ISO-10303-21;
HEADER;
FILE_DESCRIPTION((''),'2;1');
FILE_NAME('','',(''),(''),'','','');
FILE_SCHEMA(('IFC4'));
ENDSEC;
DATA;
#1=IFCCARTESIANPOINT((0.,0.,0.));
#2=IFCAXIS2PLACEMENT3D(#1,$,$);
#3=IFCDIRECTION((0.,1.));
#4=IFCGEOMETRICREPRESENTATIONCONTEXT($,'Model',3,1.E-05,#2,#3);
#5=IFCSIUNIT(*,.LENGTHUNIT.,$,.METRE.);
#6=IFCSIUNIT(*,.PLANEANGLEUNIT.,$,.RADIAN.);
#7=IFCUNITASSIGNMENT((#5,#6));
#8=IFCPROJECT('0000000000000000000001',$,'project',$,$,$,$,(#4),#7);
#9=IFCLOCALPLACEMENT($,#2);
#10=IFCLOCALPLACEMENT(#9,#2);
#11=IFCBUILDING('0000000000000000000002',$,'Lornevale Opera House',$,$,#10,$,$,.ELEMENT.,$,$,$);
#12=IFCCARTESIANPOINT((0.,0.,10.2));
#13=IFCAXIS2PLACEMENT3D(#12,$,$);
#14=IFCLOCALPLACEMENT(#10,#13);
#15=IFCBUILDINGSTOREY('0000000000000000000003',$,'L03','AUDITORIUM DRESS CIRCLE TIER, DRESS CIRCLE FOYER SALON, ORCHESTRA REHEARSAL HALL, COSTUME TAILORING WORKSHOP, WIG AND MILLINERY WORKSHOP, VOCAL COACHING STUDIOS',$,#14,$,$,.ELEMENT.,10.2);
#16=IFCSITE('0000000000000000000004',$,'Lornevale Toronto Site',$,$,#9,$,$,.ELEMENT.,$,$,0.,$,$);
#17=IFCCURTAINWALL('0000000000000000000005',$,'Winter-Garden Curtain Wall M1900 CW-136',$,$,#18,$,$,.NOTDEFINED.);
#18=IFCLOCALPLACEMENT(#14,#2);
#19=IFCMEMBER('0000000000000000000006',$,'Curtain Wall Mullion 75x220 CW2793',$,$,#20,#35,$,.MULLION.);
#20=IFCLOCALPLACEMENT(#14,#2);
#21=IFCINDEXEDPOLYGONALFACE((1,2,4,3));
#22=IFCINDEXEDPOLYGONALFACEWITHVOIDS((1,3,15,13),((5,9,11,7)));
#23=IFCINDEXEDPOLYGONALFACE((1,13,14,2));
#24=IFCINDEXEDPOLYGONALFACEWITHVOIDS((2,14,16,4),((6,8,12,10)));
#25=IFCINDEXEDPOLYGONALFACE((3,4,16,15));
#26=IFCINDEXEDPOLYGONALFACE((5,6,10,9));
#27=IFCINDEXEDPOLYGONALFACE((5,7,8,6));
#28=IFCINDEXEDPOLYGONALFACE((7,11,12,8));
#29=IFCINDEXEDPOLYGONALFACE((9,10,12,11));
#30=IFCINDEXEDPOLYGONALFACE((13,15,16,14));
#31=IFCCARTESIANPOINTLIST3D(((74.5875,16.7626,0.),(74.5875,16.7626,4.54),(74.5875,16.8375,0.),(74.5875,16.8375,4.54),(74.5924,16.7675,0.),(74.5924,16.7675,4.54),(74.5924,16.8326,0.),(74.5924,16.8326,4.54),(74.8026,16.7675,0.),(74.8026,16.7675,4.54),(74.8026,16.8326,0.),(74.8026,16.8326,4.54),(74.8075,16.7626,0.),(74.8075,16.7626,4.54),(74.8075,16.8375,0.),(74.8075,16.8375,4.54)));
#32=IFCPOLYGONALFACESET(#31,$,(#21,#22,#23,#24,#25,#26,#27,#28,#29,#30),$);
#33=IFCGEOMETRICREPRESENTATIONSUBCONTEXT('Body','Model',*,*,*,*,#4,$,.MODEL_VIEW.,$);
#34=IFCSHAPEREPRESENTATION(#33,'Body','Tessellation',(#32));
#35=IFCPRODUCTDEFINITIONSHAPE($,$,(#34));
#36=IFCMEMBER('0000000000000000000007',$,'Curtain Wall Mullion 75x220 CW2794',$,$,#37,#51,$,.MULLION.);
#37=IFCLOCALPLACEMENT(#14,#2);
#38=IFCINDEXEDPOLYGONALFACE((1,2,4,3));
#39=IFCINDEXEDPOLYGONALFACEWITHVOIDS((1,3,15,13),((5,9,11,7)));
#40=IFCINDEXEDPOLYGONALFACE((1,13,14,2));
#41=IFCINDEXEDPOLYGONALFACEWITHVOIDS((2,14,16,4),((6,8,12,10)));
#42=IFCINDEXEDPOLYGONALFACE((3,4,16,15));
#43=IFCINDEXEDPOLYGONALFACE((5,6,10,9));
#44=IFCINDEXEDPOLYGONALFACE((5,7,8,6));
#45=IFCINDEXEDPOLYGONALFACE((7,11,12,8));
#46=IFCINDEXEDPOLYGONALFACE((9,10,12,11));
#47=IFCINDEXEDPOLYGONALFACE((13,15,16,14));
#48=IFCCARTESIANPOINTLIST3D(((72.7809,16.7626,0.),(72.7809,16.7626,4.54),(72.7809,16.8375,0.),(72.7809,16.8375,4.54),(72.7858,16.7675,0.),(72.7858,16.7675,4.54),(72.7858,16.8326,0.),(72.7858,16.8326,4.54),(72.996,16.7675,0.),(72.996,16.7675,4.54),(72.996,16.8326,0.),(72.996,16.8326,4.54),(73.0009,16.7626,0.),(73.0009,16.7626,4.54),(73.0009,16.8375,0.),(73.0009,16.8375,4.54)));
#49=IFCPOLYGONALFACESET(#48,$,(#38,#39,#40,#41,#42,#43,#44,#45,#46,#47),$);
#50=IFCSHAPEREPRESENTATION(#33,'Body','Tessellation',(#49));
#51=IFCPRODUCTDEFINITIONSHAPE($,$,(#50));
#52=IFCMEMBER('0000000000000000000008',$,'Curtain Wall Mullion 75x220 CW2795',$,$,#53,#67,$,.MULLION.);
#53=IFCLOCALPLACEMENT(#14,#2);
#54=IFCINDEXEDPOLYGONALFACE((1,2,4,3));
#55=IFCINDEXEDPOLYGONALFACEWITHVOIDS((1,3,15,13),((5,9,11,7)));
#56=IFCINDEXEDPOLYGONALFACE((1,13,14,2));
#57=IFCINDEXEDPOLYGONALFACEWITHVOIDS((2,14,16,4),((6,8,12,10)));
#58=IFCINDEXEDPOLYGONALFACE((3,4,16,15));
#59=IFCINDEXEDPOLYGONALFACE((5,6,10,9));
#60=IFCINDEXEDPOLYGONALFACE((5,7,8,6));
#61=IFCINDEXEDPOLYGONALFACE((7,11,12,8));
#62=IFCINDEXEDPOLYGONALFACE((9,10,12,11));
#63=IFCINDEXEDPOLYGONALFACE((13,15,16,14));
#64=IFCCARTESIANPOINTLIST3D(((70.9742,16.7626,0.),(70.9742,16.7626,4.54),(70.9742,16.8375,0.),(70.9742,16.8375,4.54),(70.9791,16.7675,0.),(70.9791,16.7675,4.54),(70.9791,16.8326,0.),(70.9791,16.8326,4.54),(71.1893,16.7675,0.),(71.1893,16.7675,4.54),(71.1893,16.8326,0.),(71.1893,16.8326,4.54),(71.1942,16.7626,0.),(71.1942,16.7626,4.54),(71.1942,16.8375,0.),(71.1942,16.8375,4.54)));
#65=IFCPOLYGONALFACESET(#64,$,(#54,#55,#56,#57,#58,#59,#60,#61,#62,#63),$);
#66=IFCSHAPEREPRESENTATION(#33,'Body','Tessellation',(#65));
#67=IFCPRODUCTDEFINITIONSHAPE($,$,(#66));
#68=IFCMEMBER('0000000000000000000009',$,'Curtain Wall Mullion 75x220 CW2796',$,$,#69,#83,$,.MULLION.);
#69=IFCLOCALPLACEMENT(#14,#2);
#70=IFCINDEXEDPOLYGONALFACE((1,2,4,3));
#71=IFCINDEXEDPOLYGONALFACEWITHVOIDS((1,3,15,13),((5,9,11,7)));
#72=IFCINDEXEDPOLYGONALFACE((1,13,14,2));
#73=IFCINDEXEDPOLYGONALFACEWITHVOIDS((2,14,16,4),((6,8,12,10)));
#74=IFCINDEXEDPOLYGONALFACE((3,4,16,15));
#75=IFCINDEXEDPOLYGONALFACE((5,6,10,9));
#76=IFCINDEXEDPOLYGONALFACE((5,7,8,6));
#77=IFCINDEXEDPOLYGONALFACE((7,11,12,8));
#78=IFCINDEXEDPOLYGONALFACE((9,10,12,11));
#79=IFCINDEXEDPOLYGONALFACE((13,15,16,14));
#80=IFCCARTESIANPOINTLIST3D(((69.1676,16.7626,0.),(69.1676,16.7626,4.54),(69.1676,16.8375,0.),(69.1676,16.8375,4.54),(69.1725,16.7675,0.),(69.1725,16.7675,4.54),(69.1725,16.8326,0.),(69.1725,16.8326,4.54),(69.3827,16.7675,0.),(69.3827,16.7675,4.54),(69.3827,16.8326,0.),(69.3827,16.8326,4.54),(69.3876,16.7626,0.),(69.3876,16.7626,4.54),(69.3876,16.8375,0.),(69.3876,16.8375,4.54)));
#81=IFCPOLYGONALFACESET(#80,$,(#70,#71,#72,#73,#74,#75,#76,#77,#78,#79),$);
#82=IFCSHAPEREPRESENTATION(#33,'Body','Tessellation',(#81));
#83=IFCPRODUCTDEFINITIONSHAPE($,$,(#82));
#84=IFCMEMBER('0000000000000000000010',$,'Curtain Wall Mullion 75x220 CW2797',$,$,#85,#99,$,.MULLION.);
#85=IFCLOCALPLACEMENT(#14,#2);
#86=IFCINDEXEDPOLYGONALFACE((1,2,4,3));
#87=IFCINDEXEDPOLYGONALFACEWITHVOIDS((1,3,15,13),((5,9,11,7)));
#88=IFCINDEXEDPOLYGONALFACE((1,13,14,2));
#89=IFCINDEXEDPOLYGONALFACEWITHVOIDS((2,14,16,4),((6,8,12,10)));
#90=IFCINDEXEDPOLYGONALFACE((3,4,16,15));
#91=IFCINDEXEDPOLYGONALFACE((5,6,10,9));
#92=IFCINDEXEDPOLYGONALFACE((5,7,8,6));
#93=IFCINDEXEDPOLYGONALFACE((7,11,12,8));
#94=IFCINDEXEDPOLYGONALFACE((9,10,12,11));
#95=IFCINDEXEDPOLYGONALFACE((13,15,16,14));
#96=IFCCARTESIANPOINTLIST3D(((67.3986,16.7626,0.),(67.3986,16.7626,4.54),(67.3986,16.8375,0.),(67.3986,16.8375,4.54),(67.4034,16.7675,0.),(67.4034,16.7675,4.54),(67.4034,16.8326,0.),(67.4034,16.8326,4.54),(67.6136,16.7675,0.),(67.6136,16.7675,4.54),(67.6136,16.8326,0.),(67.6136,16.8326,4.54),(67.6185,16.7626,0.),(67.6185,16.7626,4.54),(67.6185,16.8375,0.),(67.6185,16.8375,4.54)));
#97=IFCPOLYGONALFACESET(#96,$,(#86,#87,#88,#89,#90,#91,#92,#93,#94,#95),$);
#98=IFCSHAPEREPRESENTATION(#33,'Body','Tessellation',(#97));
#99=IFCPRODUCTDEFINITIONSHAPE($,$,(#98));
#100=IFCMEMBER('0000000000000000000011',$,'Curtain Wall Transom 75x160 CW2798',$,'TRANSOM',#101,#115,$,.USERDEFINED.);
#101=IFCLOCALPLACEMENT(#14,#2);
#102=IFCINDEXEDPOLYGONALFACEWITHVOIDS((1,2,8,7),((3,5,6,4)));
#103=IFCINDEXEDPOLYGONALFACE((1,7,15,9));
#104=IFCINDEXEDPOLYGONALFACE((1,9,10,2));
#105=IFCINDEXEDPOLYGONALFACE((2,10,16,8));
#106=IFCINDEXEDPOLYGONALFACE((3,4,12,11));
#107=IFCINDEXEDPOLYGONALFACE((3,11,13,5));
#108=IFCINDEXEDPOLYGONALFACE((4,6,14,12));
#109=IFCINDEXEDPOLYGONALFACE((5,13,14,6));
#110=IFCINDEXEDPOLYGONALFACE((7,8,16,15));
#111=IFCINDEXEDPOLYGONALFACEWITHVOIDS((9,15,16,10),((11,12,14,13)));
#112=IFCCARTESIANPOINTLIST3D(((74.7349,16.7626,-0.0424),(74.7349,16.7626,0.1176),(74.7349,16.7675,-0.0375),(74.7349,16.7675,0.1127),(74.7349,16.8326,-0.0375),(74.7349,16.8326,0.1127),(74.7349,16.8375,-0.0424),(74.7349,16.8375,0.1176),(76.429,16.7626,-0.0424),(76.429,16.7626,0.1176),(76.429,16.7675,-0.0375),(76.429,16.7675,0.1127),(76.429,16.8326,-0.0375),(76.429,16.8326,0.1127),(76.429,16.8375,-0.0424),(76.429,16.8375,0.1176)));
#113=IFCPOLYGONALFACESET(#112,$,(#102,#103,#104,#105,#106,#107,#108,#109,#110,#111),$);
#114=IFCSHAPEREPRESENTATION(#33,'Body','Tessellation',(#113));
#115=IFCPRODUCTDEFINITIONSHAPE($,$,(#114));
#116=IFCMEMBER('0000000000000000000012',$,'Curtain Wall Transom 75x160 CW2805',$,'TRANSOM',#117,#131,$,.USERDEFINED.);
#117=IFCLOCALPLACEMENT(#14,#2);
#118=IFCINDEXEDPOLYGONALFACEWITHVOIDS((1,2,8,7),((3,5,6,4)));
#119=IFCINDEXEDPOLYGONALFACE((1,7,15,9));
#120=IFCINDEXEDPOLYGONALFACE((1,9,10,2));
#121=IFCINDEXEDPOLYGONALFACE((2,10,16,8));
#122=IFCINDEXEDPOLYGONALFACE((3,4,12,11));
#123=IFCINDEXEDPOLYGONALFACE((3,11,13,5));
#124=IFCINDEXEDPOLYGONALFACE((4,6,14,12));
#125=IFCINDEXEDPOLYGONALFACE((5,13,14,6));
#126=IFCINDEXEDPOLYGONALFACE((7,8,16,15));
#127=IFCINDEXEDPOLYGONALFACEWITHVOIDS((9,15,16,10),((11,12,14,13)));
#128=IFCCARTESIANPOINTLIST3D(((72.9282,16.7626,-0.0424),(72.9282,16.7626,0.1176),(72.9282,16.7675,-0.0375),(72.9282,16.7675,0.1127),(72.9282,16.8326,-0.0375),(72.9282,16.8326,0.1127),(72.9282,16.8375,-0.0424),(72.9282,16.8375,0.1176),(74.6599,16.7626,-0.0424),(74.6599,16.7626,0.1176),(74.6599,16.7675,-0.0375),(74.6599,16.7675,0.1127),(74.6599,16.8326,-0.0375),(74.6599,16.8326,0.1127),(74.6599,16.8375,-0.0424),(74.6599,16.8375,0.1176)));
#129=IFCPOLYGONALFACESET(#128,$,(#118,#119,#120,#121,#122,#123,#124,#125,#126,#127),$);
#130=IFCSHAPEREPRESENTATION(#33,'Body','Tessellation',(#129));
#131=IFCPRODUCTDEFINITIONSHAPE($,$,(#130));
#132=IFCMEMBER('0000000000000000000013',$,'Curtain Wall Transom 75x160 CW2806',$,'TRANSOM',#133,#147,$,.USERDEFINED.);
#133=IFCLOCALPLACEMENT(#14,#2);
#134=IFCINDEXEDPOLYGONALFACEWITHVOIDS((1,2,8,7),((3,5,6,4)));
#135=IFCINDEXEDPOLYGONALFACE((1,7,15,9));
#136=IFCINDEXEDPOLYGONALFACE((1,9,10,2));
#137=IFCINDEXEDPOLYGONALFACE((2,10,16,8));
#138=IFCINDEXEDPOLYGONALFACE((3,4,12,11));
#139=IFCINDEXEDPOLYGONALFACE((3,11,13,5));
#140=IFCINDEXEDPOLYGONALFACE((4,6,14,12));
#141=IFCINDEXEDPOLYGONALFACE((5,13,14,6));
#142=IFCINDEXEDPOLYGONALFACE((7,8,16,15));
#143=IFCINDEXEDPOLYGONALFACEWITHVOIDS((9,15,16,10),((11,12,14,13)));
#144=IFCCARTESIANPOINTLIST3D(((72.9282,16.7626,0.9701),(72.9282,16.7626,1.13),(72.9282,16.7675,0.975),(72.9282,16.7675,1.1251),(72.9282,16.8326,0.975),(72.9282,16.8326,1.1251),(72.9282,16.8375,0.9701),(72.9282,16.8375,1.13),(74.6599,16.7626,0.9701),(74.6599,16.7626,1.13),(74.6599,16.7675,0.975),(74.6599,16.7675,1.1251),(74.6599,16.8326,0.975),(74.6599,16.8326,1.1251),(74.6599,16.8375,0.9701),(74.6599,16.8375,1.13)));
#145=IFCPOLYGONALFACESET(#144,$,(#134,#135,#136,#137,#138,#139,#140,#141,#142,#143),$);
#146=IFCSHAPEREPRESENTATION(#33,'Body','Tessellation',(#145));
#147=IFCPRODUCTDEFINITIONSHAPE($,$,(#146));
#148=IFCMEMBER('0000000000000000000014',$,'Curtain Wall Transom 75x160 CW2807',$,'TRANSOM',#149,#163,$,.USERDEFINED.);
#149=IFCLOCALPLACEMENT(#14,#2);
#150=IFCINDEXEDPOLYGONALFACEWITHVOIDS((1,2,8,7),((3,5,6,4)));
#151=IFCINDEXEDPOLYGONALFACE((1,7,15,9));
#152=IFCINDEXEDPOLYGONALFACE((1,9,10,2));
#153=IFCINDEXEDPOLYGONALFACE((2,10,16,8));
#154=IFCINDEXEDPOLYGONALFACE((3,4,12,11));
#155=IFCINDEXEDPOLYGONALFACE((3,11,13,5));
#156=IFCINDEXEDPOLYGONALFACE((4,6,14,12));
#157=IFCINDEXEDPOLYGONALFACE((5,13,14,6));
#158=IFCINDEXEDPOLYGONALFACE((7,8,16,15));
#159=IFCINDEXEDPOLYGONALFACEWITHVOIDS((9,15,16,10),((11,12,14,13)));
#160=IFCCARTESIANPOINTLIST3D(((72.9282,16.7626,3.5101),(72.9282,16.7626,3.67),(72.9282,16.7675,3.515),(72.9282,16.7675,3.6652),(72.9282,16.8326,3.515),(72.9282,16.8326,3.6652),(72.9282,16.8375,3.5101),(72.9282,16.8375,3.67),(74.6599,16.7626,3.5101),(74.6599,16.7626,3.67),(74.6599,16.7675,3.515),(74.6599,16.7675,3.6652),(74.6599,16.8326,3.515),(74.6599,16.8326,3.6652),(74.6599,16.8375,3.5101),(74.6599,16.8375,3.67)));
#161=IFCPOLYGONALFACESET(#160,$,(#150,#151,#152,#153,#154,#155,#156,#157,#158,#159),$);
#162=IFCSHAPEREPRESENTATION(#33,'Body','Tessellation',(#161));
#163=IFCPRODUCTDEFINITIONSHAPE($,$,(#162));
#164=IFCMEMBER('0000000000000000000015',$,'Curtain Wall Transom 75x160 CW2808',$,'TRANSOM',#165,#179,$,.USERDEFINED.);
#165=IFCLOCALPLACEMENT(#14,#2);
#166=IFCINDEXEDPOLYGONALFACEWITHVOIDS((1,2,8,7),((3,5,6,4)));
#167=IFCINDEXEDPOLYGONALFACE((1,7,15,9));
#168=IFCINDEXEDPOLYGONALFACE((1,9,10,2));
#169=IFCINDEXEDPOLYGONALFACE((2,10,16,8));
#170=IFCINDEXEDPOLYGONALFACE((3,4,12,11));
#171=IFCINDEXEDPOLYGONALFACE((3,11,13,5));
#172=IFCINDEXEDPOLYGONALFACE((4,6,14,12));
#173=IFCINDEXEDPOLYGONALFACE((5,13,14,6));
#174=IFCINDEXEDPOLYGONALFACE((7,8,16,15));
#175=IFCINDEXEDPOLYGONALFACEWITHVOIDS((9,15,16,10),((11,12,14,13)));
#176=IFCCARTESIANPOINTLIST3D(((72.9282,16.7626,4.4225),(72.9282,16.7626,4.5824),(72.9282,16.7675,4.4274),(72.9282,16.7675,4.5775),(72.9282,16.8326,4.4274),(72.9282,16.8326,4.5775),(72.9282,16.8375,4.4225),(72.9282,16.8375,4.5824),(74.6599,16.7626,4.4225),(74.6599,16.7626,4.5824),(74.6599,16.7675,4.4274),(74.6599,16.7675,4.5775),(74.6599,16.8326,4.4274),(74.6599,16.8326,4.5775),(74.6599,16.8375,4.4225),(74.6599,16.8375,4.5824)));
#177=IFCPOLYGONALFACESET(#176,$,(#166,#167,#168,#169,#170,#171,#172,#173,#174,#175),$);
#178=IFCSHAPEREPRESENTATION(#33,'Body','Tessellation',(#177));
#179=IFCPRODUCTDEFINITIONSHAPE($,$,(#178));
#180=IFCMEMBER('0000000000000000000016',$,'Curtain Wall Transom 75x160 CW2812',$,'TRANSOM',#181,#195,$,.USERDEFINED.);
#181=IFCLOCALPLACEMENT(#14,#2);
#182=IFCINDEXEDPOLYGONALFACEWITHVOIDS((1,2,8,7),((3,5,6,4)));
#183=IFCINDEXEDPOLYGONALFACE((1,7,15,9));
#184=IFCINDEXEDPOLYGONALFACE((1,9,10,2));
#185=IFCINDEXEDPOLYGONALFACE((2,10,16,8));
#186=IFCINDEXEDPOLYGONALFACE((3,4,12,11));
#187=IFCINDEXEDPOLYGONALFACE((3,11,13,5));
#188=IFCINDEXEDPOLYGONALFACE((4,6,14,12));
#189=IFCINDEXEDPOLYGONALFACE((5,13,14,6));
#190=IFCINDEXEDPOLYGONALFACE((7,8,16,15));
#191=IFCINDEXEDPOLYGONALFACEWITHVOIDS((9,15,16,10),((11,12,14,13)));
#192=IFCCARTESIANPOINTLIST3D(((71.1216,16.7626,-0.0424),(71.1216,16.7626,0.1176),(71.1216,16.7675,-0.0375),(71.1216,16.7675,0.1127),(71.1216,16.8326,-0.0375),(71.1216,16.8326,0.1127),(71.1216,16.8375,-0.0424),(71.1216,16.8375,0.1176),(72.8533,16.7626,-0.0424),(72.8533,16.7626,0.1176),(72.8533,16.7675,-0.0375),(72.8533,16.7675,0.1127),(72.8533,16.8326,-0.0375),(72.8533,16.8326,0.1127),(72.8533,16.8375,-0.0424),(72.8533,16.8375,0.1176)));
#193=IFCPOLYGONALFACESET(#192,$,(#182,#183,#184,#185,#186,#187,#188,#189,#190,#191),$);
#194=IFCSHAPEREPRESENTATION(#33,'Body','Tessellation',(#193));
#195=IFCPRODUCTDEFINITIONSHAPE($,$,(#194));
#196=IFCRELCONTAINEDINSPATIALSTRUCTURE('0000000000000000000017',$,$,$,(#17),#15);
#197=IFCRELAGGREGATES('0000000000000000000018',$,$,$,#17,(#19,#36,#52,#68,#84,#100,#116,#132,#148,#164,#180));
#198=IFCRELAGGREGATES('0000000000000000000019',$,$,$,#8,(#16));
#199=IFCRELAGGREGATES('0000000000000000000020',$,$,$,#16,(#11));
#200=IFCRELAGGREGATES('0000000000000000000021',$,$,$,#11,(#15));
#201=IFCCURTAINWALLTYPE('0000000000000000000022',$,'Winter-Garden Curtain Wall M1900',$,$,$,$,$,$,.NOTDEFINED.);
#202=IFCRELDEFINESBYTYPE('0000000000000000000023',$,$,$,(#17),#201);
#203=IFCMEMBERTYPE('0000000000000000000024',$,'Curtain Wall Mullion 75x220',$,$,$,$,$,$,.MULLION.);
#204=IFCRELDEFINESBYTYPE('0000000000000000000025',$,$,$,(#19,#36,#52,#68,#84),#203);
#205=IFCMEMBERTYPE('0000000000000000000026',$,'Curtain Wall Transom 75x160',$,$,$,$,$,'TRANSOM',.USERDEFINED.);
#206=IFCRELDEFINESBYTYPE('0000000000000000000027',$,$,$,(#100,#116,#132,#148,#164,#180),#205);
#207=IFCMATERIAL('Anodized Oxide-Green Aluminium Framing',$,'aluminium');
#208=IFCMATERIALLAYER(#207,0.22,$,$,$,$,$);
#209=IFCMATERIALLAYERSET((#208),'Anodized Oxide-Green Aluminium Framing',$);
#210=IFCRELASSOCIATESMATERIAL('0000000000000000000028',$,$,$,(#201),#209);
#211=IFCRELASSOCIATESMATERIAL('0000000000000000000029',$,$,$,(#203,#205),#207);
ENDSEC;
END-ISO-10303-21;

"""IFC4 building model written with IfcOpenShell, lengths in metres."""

from ifc_helpers import new_model, si_unit, direction, frame, origin, origin_2d, place, context, subcontext, project, spatial, hollow_rectangle, extrude, material, layer, layer_set, material_profile, profile_set, type_object, element, aggregate, save


model = new_model("IFC4")

# Units and contexts
model_context = context("Model", 3, precision=1e-05, world=origin(), true_north=direction((0.0, 1.0)))
body_context = subcontext(model_context, "Body", "Model", "MODEL_VIEW")
ifc_project = project(units=[si_unit("LENGTHUNIT", "METRE"), si_unit("PLANEANGLEUNIT", "RADIAN")], contexts=[model_context])

# Site, building, storey
site_placement = place(None, origin())
site = spatial("IfcSite", under=ifc_project, at=site_placement, Name="Lornevale Toronto Site", CompositionType="ELEMENT", RefElevation=0.0)
building_placement = place(site_placement, origin())
building = spatial("IfcBuilding", under=site, at=building_placement, Name="Lornevale Opera House", CompositionType="ELEMENT")
storey_placement = place(building_placement, frame((0.0, 0.0, 10.2)))
storey = spatial("IfcBuildingStorey", under=building, at=storey_placement, Name="L03", Description="AUDITORIUM DRESS CIRCLE TIER, DRESS CIRCLE FOYER SALON, ORCHESTRA REHEARSAL HALL, COSTUME TAILORING WORKSHOP, WIG AND MILLINERY WORKSHOP, VOCAL COACHING STUDIOS", CompositionType="ELEMENT", Elevation=10.2)

# Curtain wall, members
ifc_material_1 = material(Name="Anodized Oxide-Green Aluminium Framing", Category="aluminium")
ifc_layer_1 = layer(ifc_material_1, 0.22)
ifc_layer_set_1 = layer_set([ifc_layer_1], Name="Anodized Oxide-Green Aluminium Framing")
curtain_wall_type = type_object("IfcCurtainWallType", Name="Winter-Garden Curtain Wall M1900", PredefinedType="NOTDEFINED", material=ifc_layer_set_1)
curtain_wall_placement = place(storey_placement, origin())
curtain_wall = element("IfcCurtainWall", 1, at=curtain_wall_placement, inside=storey, type_object=curtain_wall_type, Name="Winter-Garden Curtain Wall M1900 CW-136", PredefinedType="NOTDEFINED")
ifc_material_profile_1 = material_profile(ifc_material_1, hollow_rectangle(XDim=0.075, YDim=0.22, WallThickness=0.0049, at=origin_2d()), Name="ALU75x220x5")
ifc_profile_set_1 = profile_set([ifc_material_profile_1], Name="Anodized Oxide-Green Aluminium Framing")
member_type_1 = type_object("IfcMemberType", Name="Curtain Wall Mullion 75x220", PredefinedType="MULLION", material=ifc_profile_set_1)
member_1_placement = place(storey_placement, frame((74.6975, 16.8, 0.0), z_axis=(0.0, 0.0, 1.0), x_axis=(0.0, -1.0, 0.0)))
member_1 = element("IfcMember", 2, at=member_1_placement, type_object=member_type_1, Name="Curtain Wall Mullion 75x220 CW2793", PredefinedType="MULLION", context=body_context, shape_type="SweptSolid", body=[
    extrude(hollow_rectangle(XDim=0.075, YDim=0.22, WallThickness=0.0049, at=origin_2d()), origin(), (0.0, 0.0, 1.0), 4.54),
])
member_2_placement = place(storey_placement, frame((72.8909, 16.8, 0.0), z_axis=(0.0, 0.0, 1.0), x_axis=(0.0, -1.0, 0.0)))
member_2 = element("IfcMember", 3, at=member_2_placement, type_object=member_type_1, Name="Curtain Wall Mullion 75x220 CW2794", PredefinedType="MULLION", context=body_context, shape_type="SweptSolid", body=[
    extrude(hollow_rectangle(XDim=0.075, YDim=0.22, WallThickness=0.0049, at=origin_2d()), origin(), (0.0, 0.0, 1.0), 4.54),
])
member_3_placement = place(storey_placement, frame((71.0842, 16.8, 0.0), z_axis=(0.0, 0.0, 1.0), x_axis=(0.0, -1.0, 0.0)))
member_3 = element("IfcMember", 4, at=member_3_placement, type_object=member_type_1, Name="Curtain Wall Mullion 75x220 CW2795", PredefinedType="MULLION", context=body_context, shape_type="SweptSolid", body=[
    extrude(hollow_rectangle(XDim=0.075, YDim=0.22, WallThickness=0.0049, at=origin_2d()), origin(), (0.0, 0.0, 1.0), 4.54),
])
member_4_placement = place(storey_placement, frame((69.2776, 16.8, 0.0), z_axis=(0.0, 0.0, 1.0), x_axis=(0.0, -1.0, 0.0)))
member_4 = element("IfcMember", 5, at=member_4_placement, type_object=member_type_1, Name="Curtain Wall Mullion 75x220 CW2796", PredefinedType="MULLION", context=body_context, shape_type="SweptSolid", body=[
    extrude(hollow_rectangle(XDim=0.075, YDim=0.22, WallThickness=0.0049, at=origin_2d()), origin(), (0.0, 0.0, 1.0), 4.54),
])
member_5_placement = place(storey_placement, frame((67.5085, 16.8, 0.0), z_axis=(0.0, 0.0, 1.0), x_axis=(0.0, -1.0, 0.0)))
member_5 = element("IfcMember", 6, at=member_5_placement, type_object=member_type_1, Name="Curtain Wall Mullion 75x220 CW2797", PredefinedType="MULLION", context=body_context, shape_type="SweptSolid", body=[
    extrude(hollow_rectangle(XDim=0.075, YDim=0.22, WallThickness=0.0049, at=origin_2d()), origin(), (0.0, 0.0, 1.0), 4.54),
])
ifc_material_profile_2 = material_profile(ifc_material_1, hollow_rectangle(XDim=0.075, YDim=0.1599, WallThickness=0.0049, at=origin_2d()), Name="ALU75x160x5")
ifc_profile_set_2 = profile_set([ifc_material_profile_2], Name="Anodized Oxide-Green Aluminium Framing")
member_type_2 = type_object("IfcMemberType", Name="Curtain Wall Transom 75x160", ElementType="TRANSOM", PredefinedType="USERDEFINED", material=ifc_profile_set_2)
member_6_placement = place(storey_placement, frame((76.429, 16.8, 0.0376), z_axis=(-1.0, 0.0, 0.0), x_axis=(0.0, -1.0, 0.0)))
member_6 = element("IfcMember", 7, at=member_6_placement, type_object=member_type_2, Name="Curtain Wall Transom 75x160 CW2798", ObjectType="TRANSOM", PredefinedType="USERDEFINED", context=body_context, shape_type="SweptSolid", body=[
    extrude(hollow_rectangle(XDim=0.075, YDim=0.1599, WallThickness=0.0049, at=origin_2d()), origin(), (0.0, 0.0, 1.0), 1.6941),
])
member_7_placement = place(storey_placement, frame((74.6599, 16.8, 0.0376), z_axis=(-1.0, 0.0, 0.0), x_axis=(0.0, -1.0, 0.0)))
member_7 = element("IfcMember", 8, at=member_7_placement, type_object=member_type_2, Name="Curtain Wall Transom 75x160 CW2805", ObjectType="TRANSOM", PredefinedType="USERDEFINED", context=body_context, shape_type="SweptSolid", body=[
    extrude(hollow_rectangle(XDim=0.075, YDim=0.1599, WallThickness=0.0049, at=origin_2d()), origin(), (0.0, 0.0, 1.0), 1.7317),
])
member_8_placement = place(storey_placement, frame((74.6599, 16.8, 1.05), z_axis=(-1.0, 0.0, 0.0), x_axis=(0.0, -1.0, 0.0)))
member_8 = element("IfcMember", 9, at=member_8_placement, type_object=member_type_2, Name="Curtain Wall Transom 75x160 CW2806", ObjectType="TRANSOM", PredefinedType="USERDEFINED", context=body_context, shape_type="SweptSolid", body=[
    extrude(hollow_rectangle(XDim=0.075, YDim=0.1599, WallThickness=0.0049, at=origin_2d()), origin(), (0.0, 0.0, 1.0), 1.7317),
])
member_9_placement = place(storey_placement, frame((74.6599, 16.8, 3.5901), z_axis=(-1.0, 0.0, 0.0), x_axis=(0.0, -1.0, 0.0)))
member_9 = element("IfcMember", 10, at=member_9_placement, type_object=member_type_2, Name="Curtain Wall Transom 75x160 CW2807", ObjectType="TRANSOM", PredefinedType="USERDEFINED", context=body_context, shape_type="SweptSolid", body=[
    extrude(hollow_rectangle(XDim=0.075, YDim=0.1599, WallThickness=0.0049, at=origin_2d()), origin(), (0.0, 0.0, 1.0), 1.7317),
])
member_10_placement = place(storey_placement, frame((74.6599, 16.8, 4.5024), z_axis=(-1.0, 0.0, 0.0), x_axis=(0.0, -1.0, 0.0)))
member_10 = element("IfcMember", 11, at=member_10_placement, type_object=member_type_2, Name="Curtain Wall Transom 75x160 CW2808", ObjectType="TRANSOM", PredefinedType="USERDEFINED", context=body_context, shape_type="SweptSolid", body=[
    extrude(hollow_rectangle(XDim=0.075, YDim=0.1599, WallThickness=0.0049, at=origin_2d()), origin(), (0.0, 0.0, 1.0), 1.7317),
])
member_11_placement = place(storey_placement, frame((72.8533, 16.8, 0.0376), z_axis=(-1.0, 0.0, 0.0), x_axis=(0.0, -1.0, 0.0)))
member_11 = element("IfcMember", 12, at=member_11_placement, type_object=member_type_2, Name="Curtain Wall Transom 75x160 CW2812", ObjectType="TRANSOM", PredefinedType="USERDEFINED", context=body_context, shape_type="SweptSolid", body=[
    extrude(hollow_rectangle(XDim=0.075, YDim=0.1599, WallThickness=0.0049, at=origin_2d()), origin(), (0.0, 0.0, 1.0), 1.7317),
])
aggregate(curtain_wall, [member_1, member_2, member_3, member_4, member_5, member_6, member_7, member_8, member_9, member_10, member_11])

save(model, "model.ifc")
